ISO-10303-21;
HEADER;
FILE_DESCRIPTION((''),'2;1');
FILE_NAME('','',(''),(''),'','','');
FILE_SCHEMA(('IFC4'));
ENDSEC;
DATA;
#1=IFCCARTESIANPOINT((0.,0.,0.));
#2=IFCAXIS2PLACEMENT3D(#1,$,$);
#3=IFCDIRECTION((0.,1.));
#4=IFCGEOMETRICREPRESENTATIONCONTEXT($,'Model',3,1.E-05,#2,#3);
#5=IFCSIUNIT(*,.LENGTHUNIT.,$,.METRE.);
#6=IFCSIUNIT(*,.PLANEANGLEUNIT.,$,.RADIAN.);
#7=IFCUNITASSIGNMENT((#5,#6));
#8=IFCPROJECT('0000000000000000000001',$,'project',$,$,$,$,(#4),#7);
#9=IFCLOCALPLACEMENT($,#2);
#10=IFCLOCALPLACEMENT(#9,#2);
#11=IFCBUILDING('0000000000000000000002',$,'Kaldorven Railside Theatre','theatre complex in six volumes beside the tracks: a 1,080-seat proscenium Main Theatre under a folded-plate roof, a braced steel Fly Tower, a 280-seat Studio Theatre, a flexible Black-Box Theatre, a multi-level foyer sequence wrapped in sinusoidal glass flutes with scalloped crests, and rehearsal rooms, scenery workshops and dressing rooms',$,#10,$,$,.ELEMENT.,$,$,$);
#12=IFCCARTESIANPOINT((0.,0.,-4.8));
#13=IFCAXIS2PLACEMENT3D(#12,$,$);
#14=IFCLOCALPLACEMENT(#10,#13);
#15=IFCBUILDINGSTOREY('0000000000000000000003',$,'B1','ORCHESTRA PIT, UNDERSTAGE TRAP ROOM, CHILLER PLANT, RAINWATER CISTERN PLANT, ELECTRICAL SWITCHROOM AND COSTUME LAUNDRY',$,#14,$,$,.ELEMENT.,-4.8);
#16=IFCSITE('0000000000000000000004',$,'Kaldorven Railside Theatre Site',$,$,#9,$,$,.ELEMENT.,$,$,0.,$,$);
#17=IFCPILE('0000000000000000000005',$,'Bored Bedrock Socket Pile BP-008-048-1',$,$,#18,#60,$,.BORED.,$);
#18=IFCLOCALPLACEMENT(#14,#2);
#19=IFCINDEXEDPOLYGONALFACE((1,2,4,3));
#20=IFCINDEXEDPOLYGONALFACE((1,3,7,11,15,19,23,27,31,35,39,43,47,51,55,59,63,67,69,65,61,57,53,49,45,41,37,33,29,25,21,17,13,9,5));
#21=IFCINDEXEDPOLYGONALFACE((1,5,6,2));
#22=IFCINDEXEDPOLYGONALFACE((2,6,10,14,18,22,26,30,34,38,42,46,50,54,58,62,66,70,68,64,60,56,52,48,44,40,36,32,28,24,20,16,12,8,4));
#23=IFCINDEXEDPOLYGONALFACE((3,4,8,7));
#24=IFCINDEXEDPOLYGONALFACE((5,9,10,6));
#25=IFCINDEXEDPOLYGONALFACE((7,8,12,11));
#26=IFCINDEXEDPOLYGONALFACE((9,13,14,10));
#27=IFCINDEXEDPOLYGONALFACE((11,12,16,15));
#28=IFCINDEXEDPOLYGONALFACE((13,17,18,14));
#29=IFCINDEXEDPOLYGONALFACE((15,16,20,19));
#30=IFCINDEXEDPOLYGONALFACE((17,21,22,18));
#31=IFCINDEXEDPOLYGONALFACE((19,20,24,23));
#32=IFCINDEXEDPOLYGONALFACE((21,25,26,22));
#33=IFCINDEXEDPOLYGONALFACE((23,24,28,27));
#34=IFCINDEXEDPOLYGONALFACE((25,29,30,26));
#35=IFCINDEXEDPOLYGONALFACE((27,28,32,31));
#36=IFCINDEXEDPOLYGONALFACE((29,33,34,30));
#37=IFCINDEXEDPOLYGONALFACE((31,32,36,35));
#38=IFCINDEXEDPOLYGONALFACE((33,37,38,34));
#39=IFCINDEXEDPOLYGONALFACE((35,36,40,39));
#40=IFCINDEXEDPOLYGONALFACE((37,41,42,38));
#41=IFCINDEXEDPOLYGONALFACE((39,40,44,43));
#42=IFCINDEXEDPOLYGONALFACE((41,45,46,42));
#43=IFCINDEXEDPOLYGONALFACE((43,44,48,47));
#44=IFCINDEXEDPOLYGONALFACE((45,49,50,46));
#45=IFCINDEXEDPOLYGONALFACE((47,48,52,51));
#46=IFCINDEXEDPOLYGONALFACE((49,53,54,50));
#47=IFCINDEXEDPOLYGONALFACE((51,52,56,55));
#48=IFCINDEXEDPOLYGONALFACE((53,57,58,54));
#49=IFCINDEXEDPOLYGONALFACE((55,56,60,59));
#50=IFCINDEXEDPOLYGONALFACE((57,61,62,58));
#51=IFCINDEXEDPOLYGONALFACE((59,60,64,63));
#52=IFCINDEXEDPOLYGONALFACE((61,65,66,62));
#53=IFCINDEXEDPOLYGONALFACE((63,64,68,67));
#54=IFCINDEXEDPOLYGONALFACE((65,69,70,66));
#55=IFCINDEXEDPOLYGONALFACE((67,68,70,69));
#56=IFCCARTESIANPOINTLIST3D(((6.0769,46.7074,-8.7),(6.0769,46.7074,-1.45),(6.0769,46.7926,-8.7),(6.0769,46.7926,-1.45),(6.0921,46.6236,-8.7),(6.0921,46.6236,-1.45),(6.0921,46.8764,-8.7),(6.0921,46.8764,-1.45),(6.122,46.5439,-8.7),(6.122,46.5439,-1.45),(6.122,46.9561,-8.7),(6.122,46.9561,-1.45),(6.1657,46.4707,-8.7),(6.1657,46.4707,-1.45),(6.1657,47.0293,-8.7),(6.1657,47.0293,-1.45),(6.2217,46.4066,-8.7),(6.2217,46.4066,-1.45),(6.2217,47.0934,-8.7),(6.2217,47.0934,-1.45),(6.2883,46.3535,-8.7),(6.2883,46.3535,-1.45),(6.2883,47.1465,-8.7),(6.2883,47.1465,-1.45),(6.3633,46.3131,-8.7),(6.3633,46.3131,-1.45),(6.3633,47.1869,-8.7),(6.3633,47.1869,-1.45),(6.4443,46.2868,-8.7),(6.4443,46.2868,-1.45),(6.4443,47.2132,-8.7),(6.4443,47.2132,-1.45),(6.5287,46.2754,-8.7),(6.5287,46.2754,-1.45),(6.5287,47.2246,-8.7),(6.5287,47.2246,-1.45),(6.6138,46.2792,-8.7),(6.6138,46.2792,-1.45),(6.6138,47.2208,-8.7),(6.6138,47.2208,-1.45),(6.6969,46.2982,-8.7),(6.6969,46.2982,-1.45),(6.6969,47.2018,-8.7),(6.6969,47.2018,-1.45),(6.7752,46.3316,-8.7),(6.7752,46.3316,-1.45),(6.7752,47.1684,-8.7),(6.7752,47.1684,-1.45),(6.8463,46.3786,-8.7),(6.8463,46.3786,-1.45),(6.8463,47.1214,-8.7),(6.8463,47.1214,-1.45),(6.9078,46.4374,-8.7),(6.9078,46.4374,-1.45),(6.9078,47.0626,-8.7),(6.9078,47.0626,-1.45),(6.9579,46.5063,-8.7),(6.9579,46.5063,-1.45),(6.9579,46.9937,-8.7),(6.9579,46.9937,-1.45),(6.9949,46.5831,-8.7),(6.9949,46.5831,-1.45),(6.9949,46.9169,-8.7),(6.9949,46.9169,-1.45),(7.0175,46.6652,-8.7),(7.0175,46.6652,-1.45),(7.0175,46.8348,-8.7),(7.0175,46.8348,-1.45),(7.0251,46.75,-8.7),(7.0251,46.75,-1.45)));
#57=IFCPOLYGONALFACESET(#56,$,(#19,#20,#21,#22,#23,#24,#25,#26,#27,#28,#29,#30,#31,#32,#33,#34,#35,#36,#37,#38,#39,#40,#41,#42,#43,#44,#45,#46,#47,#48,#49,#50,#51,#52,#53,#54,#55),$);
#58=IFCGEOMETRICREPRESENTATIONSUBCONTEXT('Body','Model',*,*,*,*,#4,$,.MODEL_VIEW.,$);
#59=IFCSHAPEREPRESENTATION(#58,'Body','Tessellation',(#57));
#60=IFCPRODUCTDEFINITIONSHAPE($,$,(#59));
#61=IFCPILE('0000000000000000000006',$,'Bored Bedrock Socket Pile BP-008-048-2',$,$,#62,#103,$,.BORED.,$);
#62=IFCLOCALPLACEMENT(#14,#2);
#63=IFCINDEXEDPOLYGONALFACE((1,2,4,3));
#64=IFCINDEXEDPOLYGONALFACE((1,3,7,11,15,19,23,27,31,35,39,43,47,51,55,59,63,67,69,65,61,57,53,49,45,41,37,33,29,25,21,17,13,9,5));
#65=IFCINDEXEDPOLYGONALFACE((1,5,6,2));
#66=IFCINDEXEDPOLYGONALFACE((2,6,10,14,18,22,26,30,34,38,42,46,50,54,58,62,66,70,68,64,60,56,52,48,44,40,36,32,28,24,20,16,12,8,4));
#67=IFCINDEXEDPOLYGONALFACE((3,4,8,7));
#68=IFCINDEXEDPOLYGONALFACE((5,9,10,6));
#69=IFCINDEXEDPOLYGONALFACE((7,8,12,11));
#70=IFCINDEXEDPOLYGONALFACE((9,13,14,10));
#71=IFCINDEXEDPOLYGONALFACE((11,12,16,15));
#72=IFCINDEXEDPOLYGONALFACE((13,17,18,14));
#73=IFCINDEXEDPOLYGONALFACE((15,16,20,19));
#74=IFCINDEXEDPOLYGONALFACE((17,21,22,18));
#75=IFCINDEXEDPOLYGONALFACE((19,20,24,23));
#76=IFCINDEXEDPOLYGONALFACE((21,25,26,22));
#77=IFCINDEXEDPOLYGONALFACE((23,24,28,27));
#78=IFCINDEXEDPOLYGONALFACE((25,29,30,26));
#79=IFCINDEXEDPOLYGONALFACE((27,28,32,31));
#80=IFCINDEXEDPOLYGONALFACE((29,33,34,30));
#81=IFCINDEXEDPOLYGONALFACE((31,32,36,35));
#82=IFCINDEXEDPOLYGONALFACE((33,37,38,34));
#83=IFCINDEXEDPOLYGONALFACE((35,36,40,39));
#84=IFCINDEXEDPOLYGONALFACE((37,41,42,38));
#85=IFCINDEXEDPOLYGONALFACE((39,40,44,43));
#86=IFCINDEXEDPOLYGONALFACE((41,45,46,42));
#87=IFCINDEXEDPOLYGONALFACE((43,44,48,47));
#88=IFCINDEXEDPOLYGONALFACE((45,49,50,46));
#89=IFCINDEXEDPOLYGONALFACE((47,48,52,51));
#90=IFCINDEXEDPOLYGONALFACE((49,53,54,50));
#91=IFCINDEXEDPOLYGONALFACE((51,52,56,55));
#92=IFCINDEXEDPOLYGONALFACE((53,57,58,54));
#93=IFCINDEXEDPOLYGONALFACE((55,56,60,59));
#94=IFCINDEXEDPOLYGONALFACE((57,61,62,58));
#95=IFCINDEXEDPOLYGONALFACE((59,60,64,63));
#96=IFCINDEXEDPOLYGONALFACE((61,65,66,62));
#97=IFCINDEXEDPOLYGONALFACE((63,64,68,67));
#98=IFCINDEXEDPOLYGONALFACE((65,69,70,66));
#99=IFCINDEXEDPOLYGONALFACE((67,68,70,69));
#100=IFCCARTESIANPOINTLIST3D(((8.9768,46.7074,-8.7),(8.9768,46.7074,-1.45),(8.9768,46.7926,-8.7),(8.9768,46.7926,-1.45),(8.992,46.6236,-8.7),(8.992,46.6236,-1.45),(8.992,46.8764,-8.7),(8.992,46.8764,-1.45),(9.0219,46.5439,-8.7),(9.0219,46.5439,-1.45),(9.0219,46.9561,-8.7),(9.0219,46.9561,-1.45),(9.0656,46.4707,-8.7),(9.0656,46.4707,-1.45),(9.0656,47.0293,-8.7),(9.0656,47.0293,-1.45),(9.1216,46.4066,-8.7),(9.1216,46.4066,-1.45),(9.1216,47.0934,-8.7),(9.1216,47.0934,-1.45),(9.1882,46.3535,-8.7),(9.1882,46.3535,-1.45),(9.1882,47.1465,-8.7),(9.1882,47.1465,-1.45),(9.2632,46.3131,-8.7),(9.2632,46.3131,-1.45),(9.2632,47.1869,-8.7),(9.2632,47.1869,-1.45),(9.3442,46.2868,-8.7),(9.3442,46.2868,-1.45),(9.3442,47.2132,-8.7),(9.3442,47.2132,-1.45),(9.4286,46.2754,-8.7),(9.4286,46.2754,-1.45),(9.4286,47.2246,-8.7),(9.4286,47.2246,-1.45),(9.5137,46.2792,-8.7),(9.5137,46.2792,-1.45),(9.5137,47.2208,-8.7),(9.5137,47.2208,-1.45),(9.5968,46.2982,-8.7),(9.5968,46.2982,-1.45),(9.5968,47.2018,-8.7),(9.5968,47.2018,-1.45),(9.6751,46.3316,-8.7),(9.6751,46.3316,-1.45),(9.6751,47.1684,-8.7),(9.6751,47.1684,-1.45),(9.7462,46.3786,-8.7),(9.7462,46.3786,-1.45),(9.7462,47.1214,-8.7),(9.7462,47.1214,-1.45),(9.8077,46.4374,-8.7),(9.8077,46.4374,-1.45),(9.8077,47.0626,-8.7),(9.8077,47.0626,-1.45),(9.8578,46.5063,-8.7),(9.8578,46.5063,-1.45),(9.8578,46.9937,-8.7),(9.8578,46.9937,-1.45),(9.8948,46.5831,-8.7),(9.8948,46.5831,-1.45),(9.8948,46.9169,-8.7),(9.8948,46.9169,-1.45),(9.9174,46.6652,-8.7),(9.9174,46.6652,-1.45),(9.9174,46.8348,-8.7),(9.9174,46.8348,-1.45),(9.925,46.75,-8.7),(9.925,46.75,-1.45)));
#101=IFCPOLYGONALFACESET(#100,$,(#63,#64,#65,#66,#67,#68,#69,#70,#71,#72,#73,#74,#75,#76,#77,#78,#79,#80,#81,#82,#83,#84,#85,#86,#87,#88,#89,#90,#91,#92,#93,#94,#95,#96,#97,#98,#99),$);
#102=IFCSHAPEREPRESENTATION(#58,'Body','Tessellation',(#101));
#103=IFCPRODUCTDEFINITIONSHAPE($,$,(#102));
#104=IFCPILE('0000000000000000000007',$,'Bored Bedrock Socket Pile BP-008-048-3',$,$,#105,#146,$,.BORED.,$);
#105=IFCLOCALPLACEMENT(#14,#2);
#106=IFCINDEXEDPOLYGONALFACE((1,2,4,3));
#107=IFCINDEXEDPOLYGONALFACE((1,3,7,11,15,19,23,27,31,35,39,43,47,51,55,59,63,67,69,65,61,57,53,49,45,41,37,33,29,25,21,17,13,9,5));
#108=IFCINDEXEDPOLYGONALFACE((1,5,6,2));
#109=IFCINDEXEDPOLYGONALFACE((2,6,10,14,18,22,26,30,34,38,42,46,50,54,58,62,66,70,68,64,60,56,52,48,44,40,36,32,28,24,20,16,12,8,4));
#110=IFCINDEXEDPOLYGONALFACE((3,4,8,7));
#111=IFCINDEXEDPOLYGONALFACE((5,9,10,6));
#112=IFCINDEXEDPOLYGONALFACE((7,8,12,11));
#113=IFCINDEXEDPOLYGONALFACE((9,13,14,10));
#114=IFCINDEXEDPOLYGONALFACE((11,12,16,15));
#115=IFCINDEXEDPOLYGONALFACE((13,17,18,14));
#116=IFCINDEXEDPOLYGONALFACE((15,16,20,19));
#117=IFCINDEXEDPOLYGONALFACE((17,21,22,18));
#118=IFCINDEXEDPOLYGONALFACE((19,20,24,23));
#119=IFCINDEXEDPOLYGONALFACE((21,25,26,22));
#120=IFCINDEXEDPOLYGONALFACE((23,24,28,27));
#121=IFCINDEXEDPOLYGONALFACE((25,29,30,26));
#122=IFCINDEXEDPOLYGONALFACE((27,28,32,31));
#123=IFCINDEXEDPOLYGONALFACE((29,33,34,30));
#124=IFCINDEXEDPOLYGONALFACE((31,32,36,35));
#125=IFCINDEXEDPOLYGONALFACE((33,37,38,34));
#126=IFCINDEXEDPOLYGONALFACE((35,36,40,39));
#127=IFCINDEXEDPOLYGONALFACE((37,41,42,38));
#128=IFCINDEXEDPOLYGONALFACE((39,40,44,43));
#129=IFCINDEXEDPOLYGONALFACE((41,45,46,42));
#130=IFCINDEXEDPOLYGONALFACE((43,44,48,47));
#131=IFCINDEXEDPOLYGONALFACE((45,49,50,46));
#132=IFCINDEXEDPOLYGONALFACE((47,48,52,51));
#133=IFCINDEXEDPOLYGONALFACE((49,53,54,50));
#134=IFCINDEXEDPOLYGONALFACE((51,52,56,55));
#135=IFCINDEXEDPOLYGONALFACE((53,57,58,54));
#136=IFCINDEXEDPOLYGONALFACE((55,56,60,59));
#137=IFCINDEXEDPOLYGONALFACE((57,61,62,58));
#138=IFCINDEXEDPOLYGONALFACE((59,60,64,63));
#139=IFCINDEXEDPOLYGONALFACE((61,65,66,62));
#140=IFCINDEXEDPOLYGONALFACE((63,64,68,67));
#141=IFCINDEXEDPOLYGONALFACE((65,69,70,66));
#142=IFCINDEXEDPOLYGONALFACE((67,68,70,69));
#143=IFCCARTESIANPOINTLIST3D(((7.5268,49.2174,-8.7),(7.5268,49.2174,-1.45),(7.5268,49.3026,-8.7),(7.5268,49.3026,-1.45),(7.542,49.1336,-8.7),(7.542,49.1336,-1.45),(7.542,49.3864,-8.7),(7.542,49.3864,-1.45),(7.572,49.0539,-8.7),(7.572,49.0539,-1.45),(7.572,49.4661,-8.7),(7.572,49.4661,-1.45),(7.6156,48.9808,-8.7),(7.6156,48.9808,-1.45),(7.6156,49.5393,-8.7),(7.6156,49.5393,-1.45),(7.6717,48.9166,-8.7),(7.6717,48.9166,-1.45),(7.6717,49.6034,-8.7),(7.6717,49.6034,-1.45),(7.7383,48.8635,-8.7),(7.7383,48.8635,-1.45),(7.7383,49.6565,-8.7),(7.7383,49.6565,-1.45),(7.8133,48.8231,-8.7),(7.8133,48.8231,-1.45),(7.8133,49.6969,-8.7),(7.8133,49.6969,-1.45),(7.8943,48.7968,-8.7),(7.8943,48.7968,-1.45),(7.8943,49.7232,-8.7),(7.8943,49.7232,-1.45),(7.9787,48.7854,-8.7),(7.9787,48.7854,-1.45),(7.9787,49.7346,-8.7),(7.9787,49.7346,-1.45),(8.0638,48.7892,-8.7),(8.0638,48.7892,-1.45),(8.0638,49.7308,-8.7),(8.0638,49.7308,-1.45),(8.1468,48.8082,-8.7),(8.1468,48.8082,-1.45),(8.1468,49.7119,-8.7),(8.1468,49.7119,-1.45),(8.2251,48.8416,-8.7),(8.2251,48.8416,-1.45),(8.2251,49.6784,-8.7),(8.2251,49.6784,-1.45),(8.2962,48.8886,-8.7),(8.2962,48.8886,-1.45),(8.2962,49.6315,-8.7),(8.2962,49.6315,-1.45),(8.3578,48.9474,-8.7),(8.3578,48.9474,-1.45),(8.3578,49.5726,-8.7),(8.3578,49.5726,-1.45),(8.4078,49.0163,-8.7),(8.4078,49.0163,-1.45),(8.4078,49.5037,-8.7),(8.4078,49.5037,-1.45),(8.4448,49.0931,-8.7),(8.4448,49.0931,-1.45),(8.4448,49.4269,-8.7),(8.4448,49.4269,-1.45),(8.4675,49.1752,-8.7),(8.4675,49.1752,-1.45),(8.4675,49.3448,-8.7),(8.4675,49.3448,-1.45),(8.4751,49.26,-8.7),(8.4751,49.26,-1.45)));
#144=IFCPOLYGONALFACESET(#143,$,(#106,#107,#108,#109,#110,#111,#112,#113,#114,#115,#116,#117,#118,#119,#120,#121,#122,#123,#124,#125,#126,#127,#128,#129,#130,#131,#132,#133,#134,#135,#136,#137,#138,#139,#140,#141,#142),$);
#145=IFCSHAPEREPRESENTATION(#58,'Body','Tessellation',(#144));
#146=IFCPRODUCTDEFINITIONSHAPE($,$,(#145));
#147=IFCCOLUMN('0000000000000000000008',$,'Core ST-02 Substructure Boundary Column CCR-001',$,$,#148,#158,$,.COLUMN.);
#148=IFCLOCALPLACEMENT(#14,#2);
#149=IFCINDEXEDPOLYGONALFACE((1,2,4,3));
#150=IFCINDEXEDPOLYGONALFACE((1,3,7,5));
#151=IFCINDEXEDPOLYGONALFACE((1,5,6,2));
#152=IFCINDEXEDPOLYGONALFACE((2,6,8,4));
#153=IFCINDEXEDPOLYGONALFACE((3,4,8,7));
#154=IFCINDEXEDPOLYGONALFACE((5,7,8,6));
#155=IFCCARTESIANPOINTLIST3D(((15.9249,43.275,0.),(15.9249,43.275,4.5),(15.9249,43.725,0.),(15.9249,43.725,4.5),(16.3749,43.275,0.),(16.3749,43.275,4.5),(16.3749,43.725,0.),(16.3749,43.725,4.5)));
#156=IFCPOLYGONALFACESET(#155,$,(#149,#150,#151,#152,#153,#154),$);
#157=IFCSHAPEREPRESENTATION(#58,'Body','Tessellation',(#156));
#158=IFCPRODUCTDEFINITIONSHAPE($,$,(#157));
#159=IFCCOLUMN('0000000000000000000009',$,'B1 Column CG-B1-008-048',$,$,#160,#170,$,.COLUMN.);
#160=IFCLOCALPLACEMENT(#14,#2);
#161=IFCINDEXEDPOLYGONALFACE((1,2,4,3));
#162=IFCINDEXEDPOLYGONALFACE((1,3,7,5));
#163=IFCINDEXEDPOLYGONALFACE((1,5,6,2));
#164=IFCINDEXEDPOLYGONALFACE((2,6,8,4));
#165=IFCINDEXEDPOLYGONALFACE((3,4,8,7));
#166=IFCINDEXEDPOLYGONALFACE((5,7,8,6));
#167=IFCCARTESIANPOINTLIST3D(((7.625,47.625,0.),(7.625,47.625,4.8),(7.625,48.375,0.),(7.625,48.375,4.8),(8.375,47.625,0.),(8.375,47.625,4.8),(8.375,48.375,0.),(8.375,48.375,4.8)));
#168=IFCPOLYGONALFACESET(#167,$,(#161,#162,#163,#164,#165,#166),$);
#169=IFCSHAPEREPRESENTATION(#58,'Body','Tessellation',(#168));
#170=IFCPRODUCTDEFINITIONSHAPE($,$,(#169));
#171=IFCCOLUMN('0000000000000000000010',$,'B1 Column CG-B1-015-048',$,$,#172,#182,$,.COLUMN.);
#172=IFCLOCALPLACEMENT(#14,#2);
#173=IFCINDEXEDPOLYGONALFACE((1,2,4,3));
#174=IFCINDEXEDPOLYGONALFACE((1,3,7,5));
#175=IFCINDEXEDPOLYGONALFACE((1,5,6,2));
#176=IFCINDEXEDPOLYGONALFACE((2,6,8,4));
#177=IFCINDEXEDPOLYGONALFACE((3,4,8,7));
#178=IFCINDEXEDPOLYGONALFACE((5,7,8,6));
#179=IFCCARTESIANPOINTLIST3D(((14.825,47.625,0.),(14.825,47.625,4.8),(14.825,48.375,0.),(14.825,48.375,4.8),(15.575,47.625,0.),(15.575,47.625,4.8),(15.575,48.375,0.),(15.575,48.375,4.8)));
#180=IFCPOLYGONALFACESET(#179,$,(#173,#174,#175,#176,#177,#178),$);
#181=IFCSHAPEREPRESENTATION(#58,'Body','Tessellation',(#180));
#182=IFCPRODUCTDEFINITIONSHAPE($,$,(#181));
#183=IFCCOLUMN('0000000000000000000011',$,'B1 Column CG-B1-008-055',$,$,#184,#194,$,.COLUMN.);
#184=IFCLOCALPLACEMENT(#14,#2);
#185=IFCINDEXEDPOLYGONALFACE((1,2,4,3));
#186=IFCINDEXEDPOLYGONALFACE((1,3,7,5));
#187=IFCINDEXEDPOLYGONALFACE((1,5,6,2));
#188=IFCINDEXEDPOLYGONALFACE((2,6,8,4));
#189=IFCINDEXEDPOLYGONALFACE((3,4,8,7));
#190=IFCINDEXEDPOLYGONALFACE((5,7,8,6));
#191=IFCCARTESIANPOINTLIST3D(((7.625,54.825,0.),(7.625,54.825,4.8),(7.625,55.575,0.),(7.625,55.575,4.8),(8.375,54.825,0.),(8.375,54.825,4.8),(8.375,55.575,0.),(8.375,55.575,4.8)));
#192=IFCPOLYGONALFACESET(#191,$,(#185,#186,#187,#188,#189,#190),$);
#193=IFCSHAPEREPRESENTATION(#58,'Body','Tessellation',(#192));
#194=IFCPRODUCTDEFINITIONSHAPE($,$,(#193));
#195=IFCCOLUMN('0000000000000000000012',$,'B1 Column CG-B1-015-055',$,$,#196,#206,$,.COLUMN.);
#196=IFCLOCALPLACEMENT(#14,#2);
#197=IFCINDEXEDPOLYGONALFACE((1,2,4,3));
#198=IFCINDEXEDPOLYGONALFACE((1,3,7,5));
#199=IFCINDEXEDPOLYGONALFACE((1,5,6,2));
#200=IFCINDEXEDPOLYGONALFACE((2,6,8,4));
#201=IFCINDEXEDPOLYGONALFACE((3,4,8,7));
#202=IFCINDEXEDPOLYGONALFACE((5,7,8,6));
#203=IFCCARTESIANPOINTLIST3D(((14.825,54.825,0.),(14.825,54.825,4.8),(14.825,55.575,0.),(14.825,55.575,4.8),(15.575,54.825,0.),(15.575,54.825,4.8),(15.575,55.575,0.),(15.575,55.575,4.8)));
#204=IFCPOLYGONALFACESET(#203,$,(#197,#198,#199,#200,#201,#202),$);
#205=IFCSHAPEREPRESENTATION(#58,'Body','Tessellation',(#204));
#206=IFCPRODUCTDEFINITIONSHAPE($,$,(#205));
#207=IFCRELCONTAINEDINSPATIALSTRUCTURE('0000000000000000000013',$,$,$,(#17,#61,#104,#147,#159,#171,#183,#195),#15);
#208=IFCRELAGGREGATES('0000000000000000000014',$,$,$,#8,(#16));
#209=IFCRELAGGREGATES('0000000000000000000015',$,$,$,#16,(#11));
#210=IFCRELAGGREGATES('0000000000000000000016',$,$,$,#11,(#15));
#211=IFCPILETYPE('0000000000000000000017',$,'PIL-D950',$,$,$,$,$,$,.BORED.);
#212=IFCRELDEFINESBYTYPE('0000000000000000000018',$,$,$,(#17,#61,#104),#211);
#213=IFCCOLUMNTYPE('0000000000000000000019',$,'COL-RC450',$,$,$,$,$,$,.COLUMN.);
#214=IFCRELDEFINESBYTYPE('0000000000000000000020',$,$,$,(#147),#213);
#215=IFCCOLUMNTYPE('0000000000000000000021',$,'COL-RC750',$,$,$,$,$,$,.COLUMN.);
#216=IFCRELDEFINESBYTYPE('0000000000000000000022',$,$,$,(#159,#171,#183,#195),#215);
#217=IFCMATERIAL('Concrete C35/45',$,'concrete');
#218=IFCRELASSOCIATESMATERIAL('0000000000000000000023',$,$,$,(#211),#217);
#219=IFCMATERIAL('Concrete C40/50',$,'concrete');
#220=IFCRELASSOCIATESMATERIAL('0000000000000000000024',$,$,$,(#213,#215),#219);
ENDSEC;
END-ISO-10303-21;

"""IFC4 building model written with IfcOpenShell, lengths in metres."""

from ifc_helpers import new_model, si_unit, direction, frame, origin, origin_2d, place, context, subcontext, project, spatial, rectangle, circle, extrude, material, material_profile, profile_set, type_object, element, save


model = new_model("IFC4")

# Units and contexts
model_context = context("Model", 3, precision=1e-05, world=origin(), true_north=direction((0.0, 1.0)))
body_context = subcontext(model_context, "Body", "Model", "MODEL_VIEW")
ifc_project = project(units=[si_unit("LENGTHUNIT", "METRE"), si_unit("PLANEANGLEUNIT", "RADIAN")], contexts=[model_context])

# Site, building, storey
site_placement = place(None, origin())
site = spatial("IfcSite", under=ifc_project, at=site_placement, Name="Kaldorven Railside Theatre Site", CompositionType="ELEMENT", RefElevation=0.0)
building_placement = place(site_placement, origin())
building = spatial("IfcBuilding", under=site, at=building_placement, Name="Kaldorven Railside Theatre", Description="theatre complex in six volumes beside the tracks: a 1,080-seat proscenium Main Theatre under a folded-plate roof, a braced steel Fly Tower, a 280-seat Studio Theatre, a flexible Black-Box Theatre, a multi-level foyer sequence wrapped in sinusoidal glass flutes with scalloped crests, and rehearsal rooms, scenery workshops and dressing rooms", CompositionType="ELEMENT")
storey_placement = place(building_placement, frame((0.0, 0.0, -4.8)))
storey = spatial("IfcBuildingStorey", under=building, at=storey_placement, Name="B1", Description="ORCHESTRA PIT, UNDERSTAGE TRAP ROOM, CHILLER PLANT, RAINWATER CISTERN PLANT, ELECTRICAL SWITCHROOM AND COSTUME LAUNDRY", CompositionType="ELEMENT", Elevation=-4.8)

# Shared definitions
ifc_material_1 = material(Name="Concrete C40/50", Category="concrete")

# Piles
ifc_material_2 = material(Name="Concrete C35/45", Category="concrete")
ifc_material_profile_1 = material_profile(ifc_material_2, circle(Radius=0.4751, at=origin_2d()), Name="BP D950")
ifc_profile_set_1 = profile_set([ifc_material_profile_1], Name="Concrete C35/45")
pile_type_1 = type_object("IfcPileType", Name="PIL-D950", PredefinedType="BORED", material=ifc_profile_set_1)
for number, where, z_axis, x_axis, name in (
    (1, (6.55, 46.75, -1.45), (0.0, 0.0, -1.0), (1.0, 0.0, 0.0), "Bored Bedrock Socket Pile BP-008-048-1"),
    (2, (9.45, 46.75, -1.45), (0.0, 0.0, -1.0), (1.0, 0.0, 0.0), "Bored Bedrock Socket Pile BP-008-048-2"),
    (3, (8.0, 49.26, -1.45), (0.0, 0.0, -1.0), (1.0, 0.0, 0.0), "Bored Bedrock Socket Pile BP-008-048-3"),
):
    element("IfcPile", number, at=place(storey_placement, frame(where, z_axis=z_axis, x_axis=x_axis)), inside=storey, type_object=pile_type_1, Name=name, PredefinedType="BORED", context=body_context, shape_type="SweptSolid", body=[
        extrude(circle(Radius=0.4751, at=origin_2d()), origin(), (0.0, 0.0, 1.0), 7.25),
    ])

# Columns
ifc_material_profile_2 = material_profile(ifc_material_1, rectangle(XDim=0.45, YDim=0.45, at=origin_2d()), Name="RC 450x450")
ifc_profile_set_2 = profile_set([ifc_material_profile_2], Name="Concrete C40/50")
column_type_1 = type_object("IfcColumnType", Name="COL-RC450", PredefinedType="COLUMN", material=ifc_profile_set_2)
column_placement = place(storey_placement, frame((16.1499, 43.5, 0.0), z_axis=(0.0, 0.0, 1.0), x_axis=(1.0, 0.0, 0.0)))
element("IfcColumn", 4, at=column_placement, inside=storey, type_object=column_type_1, Name="Core ST-02 Substructure Boundary Column CCR-001", PredefinedType="COLUMN", context=body_context, shape_type="SweptSolid", body=[
    extrude(rectangle(XDim=0.45, YDim=0.45, at=origin_2d()), origin(), (0.0, 0.0, 1.0), 4.5),
])
ifc_material_profile_3 = material_profile(ifc_material_1, rectangle(XDim=0.75, YDim=0.75, at=origin_2d()), Name="RC 750x750")
ifc_profile_set_3 = profile_set([ifc_material_profile_3], Name="Concrete C40/50")
column_type_2 = type_object("IfcColumnType", Name="COL-RC750", PredefinedType="COLUMN", material=ifc_profile_set_3)
for number, where, z_axis, x_axis, name in (
    (5, (8.0, 48.0, 0.0), (0.0, 0.0, 1.0), (1.0, 0.0, 0.0), "B1 Column CG-B1-008-048"),
    (6, (15.2, 48.0, 0.0), (0.0, 0.0, 1.0), (0.0, 1.0, 0.0), "B1 Column CG-B1-015-048"),
    (7, (8.0, 55.2, 0.0), (0.0, 0.0, 1.0), (0.0, 1.0, 0.0), "B1 Column CG-B1-008-055"),
    (8, (15.2, 55.2, 0.0), (0.0, 0.0, 1.0), (1.0, 0.0, 0.0), "B1 Column CG-B1-015-055"),
):
    element("IfcColumn", number, at=place(storey_placement, frame(where, z_axis=z_axis, x_axis=x_axis)), inside=storey, type_object=column_type_2, Name=name, PredefinedType="COLUMN", context=body_context, shape_type="SweptSolid", body=[
        extrude(rectangle(XDim=0.75, YDim=0.75, at=origin_2d()), origin(), (0.0, 0.0, 1.0), 4.8),
    ])

save(model, "model.ifc")
